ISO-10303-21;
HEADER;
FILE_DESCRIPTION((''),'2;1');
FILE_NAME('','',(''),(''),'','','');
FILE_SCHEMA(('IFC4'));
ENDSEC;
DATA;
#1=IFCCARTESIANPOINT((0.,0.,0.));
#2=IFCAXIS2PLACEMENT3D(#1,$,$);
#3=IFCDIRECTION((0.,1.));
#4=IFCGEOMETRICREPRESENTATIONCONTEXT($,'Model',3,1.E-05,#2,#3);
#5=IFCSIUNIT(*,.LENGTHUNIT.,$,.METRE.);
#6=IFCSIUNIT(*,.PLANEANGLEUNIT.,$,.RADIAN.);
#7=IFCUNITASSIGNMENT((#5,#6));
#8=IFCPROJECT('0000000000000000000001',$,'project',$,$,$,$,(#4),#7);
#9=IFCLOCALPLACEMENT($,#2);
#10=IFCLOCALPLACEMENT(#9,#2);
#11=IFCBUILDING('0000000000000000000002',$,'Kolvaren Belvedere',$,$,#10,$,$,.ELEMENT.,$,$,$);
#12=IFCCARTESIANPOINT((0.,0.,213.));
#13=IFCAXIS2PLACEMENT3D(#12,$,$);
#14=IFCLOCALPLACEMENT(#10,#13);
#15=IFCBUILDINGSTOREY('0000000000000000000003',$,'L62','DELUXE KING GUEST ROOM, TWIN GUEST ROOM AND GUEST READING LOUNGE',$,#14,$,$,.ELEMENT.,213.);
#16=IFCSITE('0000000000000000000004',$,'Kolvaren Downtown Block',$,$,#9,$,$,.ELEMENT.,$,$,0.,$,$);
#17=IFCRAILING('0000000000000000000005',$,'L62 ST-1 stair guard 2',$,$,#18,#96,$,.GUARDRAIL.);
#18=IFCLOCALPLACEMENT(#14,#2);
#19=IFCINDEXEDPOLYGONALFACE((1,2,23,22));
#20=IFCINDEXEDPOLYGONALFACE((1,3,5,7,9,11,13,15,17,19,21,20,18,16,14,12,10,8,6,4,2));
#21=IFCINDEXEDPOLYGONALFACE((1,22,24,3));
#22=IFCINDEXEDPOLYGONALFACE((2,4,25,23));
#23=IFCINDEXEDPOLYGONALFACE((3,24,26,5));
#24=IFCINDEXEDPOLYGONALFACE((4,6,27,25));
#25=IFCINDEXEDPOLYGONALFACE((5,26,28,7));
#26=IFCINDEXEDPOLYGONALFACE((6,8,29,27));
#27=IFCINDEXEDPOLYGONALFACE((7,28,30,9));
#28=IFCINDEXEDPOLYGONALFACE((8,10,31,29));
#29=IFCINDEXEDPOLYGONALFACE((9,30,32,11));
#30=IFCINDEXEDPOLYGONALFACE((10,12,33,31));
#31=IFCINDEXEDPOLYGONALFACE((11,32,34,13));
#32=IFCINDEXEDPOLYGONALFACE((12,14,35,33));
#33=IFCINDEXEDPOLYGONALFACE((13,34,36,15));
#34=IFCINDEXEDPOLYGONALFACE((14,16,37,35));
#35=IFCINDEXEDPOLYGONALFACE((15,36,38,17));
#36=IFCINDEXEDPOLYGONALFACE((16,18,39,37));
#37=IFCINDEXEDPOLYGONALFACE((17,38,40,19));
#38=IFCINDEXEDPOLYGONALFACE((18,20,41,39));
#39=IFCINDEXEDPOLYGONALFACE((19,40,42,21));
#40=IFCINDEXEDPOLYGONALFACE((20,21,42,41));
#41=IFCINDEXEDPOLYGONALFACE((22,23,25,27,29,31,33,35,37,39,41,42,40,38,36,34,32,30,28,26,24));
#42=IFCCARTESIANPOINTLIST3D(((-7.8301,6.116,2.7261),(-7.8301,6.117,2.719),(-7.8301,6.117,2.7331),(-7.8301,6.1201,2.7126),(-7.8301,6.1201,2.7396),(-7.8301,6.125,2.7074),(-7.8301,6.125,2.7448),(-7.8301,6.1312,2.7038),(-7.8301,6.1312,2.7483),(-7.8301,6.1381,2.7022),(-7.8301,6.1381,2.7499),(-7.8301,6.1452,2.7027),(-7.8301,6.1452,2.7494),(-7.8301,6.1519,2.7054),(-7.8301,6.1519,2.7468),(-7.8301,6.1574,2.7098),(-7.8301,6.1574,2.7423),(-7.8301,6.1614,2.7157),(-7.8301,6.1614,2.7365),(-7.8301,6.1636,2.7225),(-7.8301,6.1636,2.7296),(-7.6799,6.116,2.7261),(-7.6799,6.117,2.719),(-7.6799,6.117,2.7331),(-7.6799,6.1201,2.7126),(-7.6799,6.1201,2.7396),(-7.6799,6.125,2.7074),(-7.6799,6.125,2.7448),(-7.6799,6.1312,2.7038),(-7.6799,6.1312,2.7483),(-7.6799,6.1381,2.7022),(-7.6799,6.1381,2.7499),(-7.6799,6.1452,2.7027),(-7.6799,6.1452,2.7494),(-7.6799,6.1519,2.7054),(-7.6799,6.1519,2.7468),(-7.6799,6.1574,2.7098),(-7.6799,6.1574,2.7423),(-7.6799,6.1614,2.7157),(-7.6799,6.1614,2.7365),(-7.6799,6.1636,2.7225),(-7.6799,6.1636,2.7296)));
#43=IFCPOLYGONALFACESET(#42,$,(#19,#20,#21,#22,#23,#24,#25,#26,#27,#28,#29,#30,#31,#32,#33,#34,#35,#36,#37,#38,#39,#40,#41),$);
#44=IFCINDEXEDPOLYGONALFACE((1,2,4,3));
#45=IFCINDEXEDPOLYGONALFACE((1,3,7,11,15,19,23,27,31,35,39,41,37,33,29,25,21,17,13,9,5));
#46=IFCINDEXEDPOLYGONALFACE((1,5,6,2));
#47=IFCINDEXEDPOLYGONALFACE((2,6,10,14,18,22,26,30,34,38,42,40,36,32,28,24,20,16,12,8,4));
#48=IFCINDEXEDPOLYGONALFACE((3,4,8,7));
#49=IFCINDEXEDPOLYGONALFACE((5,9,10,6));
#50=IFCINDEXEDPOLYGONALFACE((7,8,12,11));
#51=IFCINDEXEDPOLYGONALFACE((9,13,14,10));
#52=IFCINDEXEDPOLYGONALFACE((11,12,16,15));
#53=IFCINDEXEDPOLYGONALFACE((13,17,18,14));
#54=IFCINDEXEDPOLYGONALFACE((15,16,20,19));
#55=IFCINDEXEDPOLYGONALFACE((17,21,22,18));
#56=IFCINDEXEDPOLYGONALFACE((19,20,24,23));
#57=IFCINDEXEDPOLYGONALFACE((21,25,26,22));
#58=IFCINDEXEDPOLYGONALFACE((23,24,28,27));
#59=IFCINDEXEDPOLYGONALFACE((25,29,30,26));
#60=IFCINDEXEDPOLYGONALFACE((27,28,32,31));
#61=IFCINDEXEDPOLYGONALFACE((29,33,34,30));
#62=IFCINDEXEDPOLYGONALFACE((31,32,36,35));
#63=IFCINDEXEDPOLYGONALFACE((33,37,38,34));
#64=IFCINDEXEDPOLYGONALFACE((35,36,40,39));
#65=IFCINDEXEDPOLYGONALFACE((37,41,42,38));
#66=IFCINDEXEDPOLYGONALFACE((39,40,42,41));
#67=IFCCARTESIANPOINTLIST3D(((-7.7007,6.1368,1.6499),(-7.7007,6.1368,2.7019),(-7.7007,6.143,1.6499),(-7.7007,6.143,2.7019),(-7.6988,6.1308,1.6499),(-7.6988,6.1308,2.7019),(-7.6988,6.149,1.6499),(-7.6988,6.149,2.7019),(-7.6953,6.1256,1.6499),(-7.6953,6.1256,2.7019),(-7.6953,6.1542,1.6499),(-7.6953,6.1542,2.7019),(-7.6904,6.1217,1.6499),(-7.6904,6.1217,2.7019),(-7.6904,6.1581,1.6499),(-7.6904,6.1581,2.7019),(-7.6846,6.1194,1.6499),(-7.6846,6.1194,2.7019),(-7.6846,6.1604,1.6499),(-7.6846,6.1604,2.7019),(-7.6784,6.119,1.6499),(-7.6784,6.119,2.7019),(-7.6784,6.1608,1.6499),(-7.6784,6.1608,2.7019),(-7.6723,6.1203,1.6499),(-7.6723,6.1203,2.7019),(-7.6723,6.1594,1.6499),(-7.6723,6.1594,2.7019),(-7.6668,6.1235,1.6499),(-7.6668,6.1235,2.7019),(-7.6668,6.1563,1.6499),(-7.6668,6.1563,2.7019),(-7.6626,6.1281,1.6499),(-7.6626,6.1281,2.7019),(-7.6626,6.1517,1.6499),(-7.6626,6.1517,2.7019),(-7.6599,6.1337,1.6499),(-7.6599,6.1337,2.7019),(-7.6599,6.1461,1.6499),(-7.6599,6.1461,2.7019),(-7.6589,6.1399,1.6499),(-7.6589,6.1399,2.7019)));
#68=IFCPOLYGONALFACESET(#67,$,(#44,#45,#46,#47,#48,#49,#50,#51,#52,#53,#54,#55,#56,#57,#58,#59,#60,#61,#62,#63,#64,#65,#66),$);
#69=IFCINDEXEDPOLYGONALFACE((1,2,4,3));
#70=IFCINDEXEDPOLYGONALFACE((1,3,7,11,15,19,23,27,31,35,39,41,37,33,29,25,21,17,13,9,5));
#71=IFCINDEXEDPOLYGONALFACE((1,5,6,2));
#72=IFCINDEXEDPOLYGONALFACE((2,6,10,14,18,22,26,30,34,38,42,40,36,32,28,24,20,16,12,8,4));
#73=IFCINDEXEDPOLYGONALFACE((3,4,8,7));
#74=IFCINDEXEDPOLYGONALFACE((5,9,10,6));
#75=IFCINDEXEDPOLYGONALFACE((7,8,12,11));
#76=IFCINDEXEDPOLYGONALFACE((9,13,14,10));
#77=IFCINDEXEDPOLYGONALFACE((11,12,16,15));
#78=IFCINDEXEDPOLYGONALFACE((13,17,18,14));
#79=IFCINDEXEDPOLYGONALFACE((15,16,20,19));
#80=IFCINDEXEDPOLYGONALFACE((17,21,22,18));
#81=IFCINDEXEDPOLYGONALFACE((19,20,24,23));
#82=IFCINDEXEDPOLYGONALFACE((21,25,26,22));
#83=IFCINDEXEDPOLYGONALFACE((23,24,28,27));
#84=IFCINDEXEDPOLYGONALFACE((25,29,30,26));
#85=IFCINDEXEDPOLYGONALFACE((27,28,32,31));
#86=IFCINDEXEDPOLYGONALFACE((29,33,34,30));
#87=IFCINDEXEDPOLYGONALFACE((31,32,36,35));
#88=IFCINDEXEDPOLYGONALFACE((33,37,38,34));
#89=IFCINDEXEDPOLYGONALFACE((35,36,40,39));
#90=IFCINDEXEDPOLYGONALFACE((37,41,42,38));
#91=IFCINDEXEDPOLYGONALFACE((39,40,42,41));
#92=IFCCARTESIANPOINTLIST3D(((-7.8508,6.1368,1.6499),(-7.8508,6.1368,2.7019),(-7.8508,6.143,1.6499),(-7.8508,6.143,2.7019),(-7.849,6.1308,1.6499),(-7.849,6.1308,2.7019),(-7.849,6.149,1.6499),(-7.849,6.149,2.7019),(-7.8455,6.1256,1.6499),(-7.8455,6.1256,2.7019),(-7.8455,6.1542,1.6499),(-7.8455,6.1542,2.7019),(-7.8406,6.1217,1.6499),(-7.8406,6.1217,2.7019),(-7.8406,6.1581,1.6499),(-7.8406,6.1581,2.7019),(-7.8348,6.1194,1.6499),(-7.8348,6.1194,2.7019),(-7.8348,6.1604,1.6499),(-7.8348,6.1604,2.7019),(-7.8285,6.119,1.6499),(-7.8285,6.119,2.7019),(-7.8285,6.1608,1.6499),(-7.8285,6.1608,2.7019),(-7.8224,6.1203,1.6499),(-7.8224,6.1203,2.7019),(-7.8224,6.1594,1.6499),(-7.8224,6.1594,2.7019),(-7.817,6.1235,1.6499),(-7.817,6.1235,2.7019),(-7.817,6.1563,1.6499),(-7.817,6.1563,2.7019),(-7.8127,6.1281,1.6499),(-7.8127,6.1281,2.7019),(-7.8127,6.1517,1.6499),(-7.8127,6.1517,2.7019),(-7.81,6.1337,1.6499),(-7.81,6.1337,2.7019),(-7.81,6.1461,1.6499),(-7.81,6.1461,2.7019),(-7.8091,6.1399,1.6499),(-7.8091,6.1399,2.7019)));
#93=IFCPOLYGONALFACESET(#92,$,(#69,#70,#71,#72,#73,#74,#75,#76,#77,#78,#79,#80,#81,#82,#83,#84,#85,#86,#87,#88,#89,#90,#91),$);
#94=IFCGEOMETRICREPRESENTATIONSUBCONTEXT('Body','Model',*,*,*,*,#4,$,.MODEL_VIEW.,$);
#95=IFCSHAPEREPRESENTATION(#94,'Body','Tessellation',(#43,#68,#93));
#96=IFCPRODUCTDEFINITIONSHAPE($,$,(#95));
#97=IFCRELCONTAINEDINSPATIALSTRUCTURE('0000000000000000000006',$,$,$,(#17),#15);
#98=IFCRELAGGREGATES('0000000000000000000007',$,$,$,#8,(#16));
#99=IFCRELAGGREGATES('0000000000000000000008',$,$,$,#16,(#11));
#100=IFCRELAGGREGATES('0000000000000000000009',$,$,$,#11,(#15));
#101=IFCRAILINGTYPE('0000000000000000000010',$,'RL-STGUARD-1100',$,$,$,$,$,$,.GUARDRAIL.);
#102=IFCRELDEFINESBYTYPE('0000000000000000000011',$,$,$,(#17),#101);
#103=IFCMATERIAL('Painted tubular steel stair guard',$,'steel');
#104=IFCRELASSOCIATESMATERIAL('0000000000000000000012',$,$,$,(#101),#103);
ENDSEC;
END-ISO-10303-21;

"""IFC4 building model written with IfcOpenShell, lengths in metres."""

from ifc_helpers import new_model, si_unit, direction, frame, origin, origin_2d, place, context, subcontext, project, spatial, circle, extrude, material, type_object, element, save


model = new_model("IFC4")

# Units and contexts
model_context = context("Model", 3, precision=1e-05, world=origin(), true_north=direction((0.0, 1.0)))
body_context = subcontext(model_context, "Body", "Model", "MODEL_VIEW")
ifc_project = project(units=[si_unit("LENGTHUNIT", "METRE"), si_unit("PLANEANGLEUNIT", "RADIAN")], contexts=[model_context])

# Site, building, storey
site_placement = place(None, origin())
site = spatial("IfcSite", under=ifc_project, at=site_placement, Name="Kolvaren Downtown Block", CompositionType="ELEMENT", RefElevation=0.0)
building_placement = place(site_placement, origin())
building = spatial("IfcBuilding", under=site, at=building_placement, Name="Kolvaren Belvedere", CompositionType="ELEMENT")
storey_placement = place(building_placement, frame((0.0, 0.0, 213.0)))
storey = spatial("IfcBuildingStorey", under=building, at=storey_placement, Name="L62", Description="DELUXE KING GUEST ROOM, TWIN GUEST ROOM AND GUEST READING LOUNGE", CompositionType="ELEMENT", Elevation=213.0)

# Railing
ifc_material_1 = material(Name="Painted tubular steel stair guard", Category="steel")
railing_type_1 = type_object("IfcRailingType", Name="RL-STGUARD-1100", PredefinedType="GUARDRAIL", material=ifc_material_1)
railing_1_placement = place(storey_placement, frame((-7.6799, 6.1399, 1.6499)))
element("IfcRailing", 1, at=railing_1_placement, inside=storey, type_object=railing_type_1, Name="L62 ST-1 stair guard 2", PredefinedType="GUARDRAIL", context=body_context, shape_type="SweptSolid", body=[
    extrude(circle(Radius=0.0239, at=origin_2d()), frame((0.0, 0.0, 1.0762), z_axis=(-1.0, 0.0, 0.0), x_axis=(0.0, -1.0, 0.0)), (0.0, 0.0, 1.0), 0.1501),
    extrude(circle(Radius=0.021, at=origin_2d()), origin(), (0.0, 0.0, 1.0), 1.052),
    extrude(circle(Radius=0.021, at=origin_2d()), frame((-0.1501, 0.0, 0.0)), (0.0, 0.0, 1.0), 1.052),
])

save(model, "model.ifc")
